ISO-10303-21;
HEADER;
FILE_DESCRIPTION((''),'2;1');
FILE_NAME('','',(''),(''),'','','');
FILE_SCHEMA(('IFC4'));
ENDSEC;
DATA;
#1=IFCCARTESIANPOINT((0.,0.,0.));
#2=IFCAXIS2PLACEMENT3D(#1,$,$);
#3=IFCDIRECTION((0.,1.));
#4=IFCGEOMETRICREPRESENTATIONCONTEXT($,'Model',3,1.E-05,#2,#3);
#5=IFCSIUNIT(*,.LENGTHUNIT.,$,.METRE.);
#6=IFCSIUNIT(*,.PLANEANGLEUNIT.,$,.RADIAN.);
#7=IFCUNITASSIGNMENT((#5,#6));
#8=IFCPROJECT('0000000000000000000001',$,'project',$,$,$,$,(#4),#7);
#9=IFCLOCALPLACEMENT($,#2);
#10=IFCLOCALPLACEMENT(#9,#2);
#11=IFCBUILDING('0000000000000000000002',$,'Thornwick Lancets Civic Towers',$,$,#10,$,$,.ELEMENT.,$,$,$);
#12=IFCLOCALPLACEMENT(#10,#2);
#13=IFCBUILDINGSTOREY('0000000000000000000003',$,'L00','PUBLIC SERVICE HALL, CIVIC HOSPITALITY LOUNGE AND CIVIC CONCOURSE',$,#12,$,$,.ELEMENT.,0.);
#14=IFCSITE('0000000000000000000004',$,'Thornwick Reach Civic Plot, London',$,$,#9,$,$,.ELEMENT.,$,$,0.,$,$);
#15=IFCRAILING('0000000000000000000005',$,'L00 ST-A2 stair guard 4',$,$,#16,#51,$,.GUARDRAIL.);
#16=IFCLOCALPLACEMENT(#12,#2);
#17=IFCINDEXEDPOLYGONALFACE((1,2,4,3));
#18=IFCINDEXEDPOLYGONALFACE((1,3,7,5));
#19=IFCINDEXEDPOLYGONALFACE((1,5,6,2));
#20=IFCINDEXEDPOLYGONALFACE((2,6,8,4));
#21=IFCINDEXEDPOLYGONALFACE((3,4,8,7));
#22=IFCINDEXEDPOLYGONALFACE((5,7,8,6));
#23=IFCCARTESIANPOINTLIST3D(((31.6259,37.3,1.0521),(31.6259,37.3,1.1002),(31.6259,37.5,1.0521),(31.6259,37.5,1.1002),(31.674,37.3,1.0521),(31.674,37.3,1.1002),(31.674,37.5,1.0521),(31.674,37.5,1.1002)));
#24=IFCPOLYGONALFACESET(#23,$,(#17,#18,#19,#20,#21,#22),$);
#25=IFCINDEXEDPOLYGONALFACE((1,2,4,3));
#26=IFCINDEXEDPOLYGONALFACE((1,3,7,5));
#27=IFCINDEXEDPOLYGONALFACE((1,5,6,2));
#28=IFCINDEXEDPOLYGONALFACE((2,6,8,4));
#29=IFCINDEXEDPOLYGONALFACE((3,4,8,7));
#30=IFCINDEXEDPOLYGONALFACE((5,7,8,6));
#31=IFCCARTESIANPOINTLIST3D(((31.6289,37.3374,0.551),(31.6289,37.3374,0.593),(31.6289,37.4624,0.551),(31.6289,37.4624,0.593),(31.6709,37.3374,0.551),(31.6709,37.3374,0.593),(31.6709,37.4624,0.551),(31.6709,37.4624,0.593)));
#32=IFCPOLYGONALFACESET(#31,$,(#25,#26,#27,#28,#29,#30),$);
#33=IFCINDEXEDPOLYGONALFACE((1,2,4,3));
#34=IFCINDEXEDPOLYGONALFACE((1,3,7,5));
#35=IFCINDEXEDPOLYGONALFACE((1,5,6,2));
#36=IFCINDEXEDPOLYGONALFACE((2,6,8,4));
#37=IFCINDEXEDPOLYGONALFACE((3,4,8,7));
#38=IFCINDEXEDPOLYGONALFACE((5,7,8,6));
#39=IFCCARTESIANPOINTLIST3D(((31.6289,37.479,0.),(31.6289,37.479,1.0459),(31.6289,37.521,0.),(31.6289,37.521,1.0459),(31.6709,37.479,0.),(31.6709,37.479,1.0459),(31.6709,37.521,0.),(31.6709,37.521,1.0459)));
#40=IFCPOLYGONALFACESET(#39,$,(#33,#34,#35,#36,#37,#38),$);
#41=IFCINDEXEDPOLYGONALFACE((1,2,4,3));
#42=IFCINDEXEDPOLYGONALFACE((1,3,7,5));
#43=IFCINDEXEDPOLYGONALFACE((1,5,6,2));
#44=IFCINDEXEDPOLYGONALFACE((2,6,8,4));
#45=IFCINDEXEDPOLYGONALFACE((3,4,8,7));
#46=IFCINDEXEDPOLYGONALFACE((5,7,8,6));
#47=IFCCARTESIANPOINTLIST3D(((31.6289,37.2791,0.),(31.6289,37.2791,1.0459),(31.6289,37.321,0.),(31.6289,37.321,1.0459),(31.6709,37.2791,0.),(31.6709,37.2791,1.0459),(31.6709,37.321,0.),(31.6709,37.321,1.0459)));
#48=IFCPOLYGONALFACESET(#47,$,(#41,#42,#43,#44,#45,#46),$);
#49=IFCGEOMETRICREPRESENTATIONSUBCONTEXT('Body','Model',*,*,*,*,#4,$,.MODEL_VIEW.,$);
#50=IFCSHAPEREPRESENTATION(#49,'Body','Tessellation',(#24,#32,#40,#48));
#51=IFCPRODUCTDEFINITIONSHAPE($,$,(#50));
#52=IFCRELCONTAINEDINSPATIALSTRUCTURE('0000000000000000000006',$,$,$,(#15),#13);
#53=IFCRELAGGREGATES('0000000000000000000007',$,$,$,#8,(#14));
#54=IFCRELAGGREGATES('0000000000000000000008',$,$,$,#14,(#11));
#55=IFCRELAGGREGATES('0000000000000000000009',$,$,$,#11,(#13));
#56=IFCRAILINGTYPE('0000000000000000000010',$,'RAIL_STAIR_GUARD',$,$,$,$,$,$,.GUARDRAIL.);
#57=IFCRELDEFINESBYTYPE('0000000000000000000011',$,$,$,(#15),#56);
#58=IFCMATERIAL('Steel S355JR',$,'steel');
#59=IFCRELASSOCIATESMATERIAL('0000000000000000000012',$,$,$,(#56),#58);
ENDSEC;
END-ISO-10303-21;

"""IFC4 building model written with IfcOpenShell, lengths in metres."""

from ifc_helpers import new_model, si_unit, direction, frame, origin, origin_2d, place, context, subcontext, project, spatial, rectangle, extrude, material, type_object, element, save


model = new_model("IFC4")

# Units and contexts
model_context = context("Model", 3, precision=1e-05, world=origin(), true_north=direction((0.0, 1.0)))
body_context = subcontext(model_context, "Body", "Model", "MODEL_VIEW")
ifc_project = project(units=[si_unit("LENGTHUNIT", "METRE"), si_unit("PLANEANGLEUNIT", "RADIAN")], contexts=[model_context])

# Site, building, storey
site_placement = place(None, origin())
site = spatial("IfcSite", under=ifc_project, at=site_placement, Name="Thornwick Reach Civic Plot, London", CompositionType="ELEMENT", RefElevation=0.0)
building_placement = place(site_placement, origin())
building = spatial("IfcBuilding", under=site, at=building_placement, Name="Thornwick Lancets Civic Towers", CompositionType="ELEMENT")
storey_placement = place(building_placement, origin())
storey = spatial("IfcBuildingStorey", under=building, at=storey_placement, Name="L00", Description="PUBLIC SERVICE HALL, CIVIC HOSPITALITY LOUNGE AND CIVIC CONCOURSE", CompositionType="ELEMENT", Elevation=0.0)

# Railing
ifc_material_1 = material(Name="Steel S355JR", Category="steel")
railing_type_1 = type_object("IfcRailingType", Name="RAIL_STAIR_GUARD", PredefinedType="GUARDRAIL", material=ifc_material_1)
railing_1_placement = place(storey_placement, frame((31.6499, 37.5, 0.0)))
element("IfcRailing", 1, at=railing_1_placement, inside=storey, type_object=railing_type_1, Name="L00 ST-A2 stair guard 4", PredefinedType="GUARDRAIL", context=body_context, shape_type="SweptSolid", body=[
    extrude(rectangle(XDim=0.0481, YDim=0.0481, at=origin_2d()), frame((0.0, 0.0, 1.0762), z_axis=(0.0, -1.0, 0.0), x_axis=(1.0, 0.0, 0.0)), (0.0, 0.0, 1.0), 0.2),
    extrude(rectangle(XDim=0.042, YDim=0.042, at=origin_2d()), frame((0.0, -0.0376, 0.572), z_axis=(0.0, -1.0, 0.0), x_axis=(1.0, 0.0, 0.0)), (0.0, 0.0, 1.0), 0.125),
    extrude(rectangle(XDim=0.042, YDim=0.042, at=origin_2d()), origin(), (0.0, 0.0, 1.0), 1.0459),
    extrude(rectangle(XDim=0.042, YDim=0.042, at=origin_2d()), frame((0.0, -0.2, 0.0)), (0.0, 0.0, 1.0), 1.0459),
])

save(model, "model.ifc")
